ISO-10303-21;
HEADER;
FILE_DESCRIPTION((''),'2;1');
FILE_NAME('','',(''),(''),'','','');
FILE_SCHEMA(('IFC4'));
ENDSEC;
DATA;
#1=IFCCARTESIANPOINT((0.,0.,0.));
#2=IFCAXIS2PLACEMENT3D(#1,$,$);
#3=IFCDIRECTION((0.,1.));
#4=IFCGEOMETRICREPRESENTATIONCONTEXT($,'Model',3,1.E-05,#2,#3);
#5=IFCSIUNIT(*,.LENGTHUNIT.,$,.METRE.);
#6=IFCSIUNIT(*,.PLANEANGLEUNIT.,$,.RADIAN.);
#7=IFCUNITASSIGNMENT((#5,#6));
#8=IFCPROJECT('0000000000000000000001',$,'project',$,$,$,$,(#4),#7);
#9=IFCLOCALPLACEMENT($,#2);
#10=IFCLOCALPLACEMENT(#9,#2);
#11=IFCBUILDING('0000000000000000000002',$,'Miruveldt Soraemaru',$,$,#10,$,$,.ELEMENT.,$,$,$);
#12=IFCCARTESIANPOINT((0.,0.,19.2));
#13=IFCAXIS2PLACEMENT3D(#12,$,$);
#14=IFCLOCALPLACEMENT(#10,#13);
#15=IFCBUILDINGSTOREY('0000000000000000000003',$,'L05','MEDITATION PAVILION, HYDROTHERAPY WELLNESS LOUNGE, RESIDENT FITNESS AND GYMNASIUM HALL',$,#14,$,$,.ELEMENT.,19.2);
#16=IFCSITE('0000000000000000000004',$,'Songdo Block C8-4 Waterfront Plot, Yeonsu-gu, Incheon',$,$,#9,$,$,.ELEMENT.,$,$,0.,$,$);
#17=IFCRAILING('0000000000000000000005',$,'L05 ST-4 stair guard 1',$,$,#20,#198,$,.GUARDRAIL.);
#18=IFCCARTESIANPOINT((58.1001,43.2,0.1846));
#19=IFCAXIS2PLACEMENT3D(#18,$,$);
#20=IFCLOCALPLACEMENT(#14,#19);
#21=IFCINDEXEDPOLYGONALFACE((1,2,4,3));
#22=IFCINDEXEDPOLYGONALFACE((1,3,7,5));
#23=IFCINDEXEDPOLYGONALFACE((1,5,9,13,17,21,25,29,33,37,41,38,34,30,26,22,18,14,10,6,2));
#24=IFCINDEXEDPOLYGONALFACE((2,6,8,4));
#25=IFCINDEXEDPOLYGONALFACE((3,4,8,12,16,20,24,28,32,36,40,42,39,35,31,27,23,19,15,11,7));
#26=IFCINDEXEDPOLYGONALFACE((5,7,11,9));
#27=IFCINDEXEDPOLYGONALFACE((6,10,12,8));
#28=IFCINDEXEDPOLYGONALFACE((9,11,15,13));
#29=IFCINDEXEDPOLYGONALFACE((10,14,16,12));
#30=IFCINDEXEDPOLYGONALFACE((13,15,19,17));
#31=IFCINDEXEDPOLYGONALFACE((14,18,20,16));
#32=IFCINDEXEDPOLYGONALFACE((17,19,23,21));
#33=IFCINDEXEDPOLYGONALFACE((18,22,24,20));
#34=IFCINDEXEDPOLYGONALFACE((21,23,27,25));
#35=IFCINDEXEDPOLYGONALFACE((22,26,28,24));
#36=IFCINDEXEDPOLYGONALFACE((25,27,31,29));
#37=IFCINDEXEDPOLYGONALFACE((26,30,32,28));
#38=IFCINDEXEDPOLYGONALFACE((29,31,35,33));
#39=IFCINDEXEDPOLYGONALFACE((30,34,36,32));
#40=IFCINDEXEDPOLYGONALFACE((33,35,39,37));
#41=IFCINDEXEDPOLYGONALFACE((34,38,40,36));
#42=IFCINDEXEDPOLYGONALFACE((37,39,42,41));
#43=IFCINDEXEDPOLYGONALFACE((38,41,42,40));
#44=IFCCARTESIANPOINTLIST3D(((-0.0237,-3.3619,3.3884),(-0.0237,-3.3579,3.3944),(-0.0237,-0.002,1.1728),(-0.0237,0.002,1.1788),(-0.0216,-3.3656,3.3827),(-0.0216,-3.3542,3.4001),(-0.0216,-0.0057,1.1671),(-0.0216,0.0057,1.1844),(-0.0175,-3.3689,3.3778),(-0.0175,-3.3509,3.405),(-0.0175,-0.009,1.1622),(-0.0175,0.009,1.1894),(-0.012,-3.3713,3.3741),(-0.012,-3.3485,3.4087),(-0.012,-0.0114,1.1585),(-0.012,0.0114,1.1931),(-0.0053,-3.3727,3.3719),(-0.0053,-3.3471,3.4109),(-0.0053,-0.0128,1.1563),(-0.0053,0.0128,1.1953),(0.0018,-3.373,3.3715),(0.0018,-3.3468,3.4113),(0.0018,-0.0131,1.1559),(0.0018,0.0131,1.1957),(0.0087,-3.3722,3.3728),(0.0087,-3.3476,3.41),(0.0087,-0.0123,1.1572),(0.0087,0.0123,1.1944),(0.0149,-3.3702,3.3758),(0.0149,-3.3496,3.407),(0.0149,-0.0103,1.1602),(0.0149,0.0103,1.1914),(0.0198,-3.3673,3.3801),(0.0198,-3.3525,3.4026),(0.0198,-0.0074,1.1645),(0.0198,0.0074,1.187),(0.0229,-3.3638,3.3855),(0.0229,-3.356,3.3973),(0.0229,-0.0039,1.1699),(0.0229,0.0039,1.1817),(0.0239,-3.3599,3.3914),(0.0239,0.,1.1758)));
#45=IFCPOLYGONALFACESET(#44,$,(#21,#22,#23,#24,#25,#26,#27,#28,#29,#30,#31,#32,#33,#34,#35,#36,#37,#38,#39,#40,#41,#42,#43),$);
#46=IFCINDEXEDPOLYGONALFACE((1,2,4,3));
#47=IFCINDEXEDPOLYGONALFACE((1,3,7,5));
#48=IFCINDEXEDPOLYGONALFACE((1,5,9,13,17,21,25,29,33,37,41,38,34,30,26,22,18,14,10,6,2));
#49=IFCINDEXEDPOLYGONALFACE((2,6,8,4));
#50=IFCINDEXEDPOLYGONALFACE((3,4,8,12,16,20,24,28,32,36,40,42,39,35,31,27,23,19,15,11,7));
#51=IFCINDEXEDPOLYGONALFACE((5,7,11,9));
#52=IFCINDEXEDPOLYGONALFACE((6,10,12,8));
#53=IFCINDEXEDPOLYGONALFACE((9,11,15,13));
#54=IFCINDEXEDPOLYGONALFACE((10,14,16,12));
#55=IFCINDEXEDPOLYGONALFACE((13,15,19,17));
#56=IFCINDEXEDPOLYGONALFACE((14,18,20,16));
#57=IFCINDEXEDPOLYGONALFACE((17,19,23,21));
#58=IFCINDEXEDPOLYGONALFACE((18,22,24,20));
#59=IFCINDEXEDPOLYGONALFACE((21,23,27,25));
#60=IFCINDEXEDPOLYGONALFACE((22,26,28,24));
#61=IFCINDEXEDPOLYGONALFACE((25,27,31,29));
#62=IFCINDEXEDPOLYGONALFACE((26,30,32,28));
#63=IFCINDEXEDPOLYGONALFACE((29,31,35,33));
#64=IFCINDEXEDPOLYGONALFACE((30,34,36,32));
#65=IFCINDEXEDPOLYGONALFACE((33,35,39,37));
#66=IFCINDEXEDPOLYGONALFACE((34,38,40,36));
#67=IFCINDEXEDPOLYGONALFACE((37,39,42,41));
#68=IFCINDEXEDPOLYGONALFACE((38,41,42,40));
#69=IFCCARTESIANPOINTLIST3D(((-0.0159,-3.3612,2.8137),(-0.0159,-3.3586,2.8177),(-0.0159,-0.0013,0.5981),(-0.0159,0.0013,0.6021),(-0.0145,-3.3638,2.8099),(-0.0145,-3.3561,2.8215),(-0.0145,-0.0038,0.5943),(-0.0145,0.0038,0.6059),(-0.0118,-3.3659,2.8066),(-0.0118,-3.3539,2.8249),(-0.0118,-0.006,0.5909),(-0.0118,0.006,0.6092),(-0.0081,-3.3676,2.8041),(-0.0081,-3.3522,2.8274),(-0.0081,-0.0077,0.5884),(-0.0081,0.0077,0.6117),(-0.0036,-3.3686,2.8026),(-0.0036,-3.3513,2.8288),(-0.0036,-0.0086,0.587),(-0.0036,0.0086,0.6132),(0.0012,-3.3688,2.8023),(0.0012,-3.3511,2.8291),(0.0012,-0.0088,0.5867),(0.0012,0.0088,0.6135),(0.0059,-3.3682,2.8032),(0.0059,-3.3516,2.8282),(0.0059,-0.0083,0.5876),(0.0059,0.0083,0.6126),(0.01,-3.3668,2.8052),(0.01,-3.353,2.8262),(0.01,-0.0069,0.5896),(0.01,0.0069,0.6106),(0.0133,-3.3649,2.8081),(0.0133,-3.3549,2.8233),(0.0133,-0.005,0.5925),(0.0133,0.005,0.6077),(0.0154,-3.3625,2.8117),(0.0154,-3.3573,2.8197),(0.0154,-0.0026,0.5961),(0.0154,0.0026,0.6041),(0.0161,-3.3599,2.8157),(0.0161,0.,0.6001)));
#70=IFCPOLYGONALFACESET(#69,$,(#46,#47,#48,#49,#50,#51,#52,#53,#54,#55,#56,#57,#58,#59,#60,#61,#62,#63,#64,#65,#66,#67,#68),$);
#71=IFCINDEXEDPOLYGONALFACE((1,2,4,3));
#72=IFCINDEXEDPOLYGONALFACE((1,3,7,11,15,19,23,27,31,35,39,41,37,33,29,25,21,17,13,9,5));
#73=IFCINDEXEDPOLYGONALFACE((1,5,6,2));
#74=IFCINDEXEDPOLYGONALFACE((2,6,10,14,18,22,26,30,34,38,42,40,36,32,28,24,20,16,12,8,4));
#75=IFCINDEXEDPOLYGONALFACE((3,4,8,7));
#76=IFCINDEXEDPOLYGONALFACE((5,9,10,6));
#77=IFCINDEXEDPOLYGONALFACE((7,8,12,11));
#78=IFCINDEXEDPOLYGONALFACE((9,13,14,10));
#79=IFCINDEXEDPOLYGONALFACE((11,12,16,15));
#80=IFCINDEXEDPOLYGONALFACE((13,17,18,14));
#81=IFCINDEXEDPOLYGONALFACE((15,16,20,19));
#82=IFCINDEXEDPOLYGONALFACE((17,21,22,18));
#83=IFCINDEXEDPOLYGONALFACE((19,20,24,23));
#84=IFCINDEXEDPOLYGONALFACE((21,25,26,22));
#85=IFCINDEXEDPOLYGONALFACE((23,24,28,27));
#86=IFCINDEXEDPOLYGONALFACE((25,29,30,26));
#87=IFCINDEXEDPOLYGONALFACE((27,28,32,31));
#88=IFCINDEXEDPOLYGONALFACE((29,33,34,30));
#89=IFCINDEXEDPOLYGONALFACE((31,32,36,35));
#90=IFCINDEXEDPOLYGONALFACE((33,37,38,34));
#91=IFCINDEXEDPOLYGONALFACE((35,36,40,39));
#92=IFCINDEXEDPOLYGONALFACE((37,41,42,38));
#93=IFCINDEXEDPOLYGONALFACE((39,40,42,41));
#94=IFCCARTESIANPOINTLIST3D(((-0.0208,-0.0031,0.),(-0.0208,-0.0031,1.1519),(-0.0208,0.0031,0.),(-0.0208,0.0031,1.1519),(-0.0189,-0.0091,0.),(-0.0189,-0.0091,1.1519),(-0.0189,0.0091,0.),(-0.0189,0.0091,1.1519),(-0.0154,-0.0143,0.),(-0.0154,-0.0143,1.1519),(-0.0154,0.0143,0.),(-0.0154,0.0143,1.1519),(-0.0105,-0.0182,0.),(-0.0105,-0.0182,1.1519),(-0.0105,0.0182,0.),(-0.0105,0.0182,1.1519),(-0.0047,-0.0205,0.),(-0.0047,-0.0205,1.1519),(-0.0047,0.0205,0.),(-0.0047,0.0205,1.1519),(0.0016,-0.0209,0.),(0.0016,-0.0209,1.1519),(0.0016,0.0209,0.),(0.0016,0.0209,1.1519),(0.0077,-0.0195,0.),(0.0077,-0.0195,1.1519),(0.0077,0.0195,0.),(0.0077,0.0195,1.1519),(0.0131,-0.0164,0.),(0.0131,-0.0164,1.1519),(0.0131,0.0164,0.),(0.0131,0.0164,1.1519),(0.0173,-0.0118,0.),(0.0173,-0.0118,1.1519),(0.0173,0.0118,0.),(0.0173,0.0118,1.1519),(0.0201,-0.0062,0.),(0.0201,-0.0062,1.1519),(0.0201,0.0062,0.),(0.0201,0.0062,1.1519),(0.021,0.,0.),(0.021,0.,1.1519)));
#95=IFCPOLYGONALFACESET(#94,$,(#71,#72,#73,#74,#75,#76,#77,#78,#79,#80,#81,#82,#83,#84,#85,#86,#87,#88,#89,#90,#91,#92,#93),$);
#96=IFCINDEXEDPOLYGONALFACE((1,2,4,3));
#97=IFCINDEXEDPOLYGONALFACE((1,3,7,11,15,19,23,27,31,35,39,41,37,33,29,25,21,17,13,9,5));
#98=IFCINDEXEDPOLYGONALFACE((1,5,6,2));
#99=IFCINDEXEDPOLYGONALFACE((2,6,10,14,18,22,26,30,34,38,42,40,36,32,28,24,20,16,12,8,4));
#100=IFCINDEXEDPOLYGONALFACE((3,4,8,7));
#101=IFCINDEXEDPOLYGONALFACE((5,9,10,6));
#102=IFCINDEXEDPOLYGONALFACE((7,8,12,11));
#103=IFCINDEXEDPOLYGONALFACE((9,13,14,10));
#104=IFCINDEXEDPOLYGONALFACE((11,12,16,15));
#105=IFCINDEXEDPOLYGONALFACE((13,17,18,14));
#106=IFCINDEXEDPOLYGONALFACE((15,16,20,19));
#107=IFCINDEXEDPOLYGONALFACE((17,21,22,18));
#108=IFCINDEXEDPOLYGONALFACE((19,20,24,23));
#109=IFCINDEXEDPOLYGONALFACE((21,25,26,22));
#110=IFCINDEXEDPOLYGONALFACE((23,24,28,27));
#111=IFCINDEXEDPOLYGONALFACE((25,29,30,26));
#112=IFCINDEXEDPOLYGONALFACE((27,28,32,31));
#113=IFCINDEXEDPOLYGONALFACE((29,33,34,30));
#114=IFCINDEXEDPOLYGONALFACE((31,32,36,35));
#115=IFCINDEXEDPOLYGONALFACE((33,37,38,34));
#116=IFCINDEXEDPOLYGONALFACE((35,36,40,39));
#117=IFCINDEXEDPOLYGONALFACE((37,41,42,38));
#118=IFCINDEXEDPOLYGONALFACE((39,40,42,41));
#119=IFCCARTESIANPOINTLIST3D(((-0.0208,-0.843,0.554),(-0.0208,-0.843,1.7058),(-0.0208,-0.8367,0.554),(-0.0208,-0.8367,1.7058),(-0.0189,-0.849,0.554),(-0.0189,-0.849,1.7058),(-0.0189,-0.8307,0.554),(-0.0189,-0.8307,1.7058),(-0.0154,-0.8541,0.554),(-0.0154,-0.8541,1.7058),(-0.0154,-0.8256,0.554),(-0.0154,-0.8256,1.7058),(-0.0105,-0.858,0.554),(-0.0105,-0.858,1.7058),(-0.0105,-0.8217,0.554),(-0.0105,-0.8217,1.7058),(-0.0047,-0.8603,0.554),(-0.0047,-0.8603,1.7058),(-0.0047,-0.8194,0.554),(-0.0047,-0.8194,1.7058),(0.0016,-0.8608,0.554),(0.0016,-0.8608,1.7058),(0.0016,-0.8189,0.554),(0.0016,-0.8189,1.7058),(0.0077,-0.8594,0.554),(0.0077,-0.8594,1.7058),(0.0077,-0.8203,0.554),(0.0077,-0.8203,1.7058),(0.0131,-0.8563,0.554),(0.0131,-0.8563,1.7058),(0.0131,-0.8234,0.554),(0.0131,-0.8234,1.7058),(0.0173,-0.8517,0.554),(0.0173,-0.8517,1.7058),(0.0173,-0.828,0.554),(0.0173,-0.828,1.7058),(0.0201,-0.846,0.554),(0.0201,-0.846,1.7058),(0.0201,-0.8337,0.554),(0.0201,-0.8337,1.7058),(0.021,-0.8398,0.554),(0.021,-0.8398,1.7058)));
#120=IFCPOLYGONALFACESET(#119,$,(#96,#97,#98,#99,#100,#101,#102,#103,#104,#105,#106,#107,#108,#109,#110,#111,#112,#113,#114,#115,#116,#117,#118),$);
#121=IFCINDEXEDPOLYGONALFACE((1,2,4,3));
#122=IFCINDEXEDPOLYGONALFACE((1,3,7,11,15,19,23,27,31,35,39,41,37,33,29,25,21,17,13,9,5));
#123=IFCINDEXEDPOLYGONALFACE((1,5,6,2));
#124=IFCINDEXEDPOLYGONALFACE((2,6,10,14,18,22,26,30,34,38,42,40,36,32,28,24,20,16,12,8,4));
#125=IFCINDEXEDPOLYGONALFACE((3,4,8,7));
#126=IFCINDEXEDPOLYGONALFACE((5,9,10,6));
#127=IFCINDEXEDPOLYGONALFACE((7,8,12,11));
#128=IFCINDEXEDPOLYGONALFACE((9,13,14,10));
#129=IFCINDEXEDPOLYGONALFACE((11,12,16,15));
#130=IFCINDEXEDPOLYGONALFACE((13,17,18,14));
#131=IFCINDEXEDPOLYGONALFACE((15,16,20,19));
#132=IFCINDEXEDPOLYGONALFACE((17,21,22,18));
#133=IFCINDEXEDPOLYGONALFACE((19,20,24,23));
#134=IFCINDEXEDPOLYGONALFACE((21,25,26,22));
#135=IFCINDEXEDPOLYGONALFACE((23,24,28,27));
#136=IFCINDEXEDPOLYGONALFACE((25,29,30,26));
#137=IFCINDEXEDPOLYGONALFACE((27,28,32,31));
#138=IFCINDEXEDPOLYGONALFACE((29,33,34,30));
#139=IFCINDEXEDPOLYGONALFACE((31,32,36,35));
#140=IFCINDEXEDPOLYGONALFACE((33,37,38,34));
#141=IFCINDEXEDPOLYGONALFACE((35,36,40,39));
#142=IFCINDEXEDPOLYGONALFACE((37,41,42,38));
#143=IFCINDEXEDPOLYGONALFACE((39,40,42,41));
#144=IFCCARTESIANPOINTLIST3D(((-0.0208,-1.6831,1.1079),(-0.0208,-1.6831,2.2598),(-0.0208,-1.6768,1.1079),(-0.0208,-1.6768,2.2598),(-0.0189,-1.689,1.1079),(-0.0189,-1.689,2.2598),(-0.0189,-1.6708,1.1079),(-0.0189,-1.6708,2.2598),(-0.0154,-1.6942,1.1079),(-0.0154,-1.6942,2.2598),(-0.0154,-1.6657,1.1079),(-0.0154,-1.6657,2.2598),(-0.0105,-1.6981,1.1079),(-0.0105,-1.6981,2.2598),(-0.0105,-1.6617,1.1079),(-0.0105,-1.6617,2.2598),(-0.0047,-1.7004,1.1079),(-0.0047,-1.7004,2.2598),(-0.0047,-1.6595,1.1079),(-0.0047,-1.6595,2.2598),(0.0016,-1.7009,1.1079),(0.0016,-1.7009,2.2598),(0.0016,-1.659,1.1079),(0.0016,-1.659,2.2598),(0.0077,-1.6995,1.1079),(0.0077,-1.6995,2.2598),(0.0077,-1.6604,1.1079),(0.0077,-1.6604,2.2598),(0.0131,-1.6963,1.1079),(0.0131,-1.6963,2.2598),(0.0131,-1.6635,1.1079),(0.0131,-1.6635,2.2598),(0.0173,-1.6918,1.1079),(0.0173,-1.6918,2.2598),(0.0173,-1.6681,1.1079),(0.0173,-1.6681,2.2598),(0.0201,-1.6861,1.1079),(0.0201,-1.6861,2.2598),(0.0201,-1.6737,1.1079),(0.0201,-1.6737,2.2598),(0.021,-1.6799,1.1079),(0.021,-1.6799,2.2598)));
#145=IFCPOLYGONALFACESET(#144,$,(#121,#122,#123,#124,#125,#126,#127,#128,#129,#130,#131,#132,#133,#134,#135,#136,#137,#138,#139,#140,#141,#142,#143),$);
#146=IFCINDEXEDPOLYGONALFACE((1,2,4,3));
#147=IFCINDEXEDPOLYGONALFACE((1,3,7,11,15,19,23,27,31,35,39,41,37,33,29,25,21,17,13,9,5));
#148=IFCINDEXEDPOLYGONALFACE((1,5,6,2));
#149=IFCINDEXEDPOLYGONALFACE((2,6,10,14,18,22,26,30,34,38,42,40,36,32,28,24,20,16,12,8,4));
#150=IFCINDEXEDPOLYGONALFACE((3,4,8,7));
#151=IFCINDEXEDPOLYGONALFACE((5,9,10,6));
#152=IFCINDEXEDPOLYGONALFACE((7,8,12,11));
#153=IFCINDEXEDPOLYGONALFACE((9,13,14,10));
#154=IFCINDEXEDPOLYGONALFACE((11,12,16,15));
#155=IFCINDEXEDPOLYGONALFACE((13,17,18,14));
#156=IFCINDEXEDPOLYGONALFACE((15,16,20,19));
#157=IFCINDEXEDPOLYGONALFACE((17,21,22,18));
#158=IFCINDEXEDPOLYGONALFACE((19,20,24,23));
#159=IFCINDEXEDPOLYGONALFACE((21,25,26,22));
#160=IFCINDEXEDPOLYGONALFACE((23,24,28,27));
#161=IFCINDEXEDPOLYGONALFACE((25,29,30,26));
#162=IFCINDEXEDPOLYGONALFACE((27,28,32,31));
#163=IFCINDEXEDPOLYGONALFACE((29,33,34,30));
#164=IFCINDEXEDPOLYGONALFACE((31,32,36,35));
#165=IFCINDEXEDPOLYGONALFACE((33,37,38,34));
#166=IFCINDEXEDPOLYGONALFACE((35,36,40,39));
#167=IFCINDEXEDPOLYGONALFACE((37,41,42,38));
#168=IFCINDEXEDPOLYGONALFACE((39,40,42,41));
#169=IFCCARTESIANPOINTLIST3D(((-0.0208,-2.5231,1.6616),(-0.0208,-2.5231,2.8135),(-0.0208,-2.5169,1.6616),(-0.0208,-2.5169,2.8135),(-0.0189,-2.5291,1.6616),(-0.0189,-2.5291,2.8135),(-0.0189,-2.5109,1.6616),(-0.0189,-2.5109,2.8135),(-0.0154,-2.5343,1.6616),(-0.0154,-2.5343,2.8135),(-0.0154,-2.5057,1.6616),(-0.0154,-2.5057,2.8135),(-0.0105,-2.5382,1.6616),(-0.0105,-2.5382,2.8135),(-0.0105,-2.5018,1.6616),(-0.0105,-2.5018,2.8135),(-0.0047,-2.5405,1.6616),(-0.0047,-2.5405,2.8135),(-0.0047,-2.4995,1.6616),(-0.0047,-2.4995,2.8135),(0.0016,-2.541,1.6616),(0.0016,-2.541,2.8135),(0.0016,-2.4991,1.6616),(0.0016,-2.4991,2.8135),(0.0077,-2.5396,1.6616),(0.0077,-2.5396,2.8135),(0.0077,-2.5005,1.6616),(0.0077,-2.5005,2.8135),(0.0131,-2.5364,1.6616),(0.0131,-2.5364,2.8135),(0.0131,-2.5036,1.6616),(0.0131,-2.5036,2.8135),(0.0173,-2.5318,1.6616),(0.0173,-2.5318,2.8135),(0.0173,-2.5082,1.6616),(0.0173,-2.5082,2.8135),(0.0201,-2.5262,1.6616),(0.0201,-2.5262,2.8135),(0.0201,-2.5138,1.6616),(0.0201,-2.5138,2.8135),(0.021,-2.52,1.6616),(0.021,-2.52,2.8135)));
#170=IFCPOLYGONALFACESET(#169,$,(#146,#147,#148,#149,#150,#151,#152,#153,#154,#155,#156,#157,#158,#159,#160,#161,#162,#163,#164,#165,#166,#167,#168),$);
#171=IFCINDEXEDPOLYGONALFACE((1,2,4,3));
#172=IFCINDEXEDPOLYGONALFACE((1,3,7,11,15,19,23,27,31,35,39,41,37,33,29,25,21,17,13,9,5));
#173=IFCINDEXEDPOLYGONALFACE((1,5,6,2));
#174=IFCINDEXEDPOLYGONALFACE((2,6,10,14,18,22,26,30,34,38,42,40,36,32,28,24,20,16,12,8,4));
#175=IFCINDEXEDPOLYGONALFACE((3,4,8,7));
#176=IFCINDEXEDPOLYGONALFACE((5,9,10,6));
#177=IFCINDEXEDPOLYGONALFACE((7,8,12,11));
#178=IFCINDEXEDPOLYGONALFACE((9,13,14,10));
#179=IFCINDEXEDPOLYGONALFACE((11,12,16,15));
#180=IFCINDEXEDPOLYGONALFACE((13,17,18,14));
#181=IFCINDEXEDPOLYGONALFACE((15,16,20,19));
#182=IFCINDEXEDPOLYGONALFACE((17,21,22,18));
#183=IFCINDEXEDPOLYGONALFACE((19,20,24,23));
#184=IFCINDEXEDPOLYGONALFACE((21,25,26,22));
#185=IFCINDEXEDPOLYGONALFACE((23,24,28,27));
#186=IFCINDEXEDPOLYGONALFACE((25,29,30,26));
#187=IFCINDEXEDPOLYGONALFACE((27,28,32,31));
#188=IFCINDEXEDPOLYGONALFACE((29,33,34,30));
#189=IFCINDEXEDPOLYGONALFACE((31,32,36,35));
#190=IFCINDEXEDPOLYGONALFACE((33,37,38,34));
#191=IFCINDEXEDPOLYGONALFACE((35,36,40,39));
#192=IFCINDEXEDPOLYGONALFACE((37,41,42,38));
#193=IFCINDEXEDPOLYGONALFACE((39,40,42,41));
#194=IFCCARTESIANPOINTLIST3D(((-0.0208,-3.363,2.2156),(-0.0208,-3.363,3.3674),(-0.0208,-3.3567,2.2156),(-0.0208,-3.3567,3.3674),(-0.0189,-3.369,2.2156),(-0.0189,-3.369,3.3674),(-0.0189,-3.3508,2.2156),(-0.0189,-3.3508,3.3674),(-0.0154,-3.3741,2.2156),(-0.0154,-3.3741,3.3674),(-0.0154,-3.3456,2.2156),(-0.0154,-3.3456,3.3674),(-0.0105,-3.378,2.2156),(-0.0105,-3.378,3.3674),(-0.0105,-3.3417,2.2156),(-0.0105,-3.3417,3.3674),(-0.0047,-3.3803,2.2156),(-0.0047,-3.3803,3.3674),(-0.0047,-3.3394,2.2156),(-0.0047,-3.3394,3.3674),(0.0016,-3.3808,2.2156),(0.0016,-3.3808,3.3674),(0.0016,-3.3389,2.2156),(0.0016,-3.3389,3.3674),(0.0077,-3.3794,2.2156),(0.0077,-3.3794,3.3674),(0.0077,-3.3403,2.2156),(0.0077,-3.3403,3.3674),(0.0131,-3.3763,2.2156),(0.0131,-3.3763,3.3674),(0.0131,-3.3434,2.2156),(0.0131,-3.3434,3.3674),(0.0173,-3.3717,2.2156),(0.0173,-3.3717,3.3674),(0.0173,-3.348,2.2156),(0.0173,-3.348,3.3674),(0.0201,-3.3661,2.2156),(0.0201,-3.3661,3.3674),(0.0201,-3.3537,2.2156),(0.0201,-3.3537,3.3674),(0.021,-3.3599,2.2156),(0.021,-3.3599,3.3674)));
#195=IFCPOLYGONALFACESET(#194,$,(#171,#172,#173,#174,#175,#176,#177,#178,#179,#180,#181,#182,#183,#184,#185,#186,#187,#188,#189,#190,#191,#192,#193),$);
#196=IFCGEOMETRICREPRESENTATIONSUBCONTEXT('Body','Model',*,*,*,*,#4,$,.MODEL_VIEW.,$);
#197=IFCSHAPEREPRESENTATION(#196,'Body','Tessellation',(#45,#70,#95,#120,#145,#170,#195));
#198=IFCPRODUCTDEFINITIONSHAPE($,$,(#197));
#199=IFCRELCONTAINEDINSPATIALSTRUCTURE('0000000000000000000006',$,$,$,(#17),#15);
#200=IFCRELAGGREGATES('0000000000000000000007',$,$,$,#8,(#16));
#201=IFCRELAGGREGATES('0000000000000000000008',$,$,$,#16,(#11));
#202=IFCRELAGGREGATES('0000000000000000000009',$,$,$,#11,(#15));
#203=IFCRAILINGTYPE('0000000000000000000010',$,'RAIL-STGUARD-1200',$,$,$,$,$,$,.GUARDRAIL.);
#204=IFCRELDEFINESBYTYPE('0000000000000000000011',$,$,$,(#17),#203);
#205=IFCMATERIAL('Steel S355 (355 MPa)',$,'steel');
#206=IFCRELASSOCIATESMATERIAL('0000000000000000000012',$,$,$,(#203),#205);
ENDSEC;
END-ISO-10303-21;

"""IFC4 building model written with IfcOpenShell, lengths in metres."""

from ifc_helpers import new_model, si_unit, direction, frame, origin, origin_2d, place, context, subcontext, project, spatial, circle, extrude, material, type_object, element, save


model = new_model("IFC4")

# Units and contexts
model_context = context("Model", 3, precision=1e-05, world=origin(), true_north=direction((0.0, 1.0)))
body_context = subcontext(model_context, "Body", "Model", "MODEL_VIEW")
ifc_project = project(units=[si_unit("LENGTHUNIT", "METRE"), si_unit("PLANEANGLEUNIT", "RADIAN")], contexts=[model_context])

# Site, building, storey
site_placement = place(None, origin())
site = spatial("IfcSite", under=ifc_project, at=site_placement, Name="Songdo Block C8-4 Waterfront Plot, Yeonsu-gu, Incheon", CompositionType="ELEMENT", RefElevation=0.0)
building_placement = place(site_placement, origin())
building = spatial("IfcBuilding", under=site, at=building_placement, Name="Miruveldt Soraemaru", CompositionType="ELEMENT")
storey_placement = place(building_placement, frame((0.0, 0.0, 19.2)))
storey = spatial("IfcBuildingStorey", under=building, at=storey_placement, Name="L05", Description="MEDITATION PAVILION, HYDROTHERAPY WELLNESS LOUNGE, RESIDENT FITNESS AND GYMNASIUM HALL", CompositionType="ELEMENT", Elevation=19.2)

# Shared definitions
ifc_material_1 = material(Name="Steel S355 (355 MPa)", Category="steel")

# Railing
railing_type_1 = type_object("IfcRailingType", Name="RAIL-STGUARD-1200", PredefinedType="GUARDRAIL", material=ifc_material_1)
railing_1_placement = place(storey_placement, frame((58.1001, 43.2, 0.1846)))
element("IfcRailing", 1, at=railing_1_placement, inside=storey, type_object=railing_type_1, Name="L05 ST-4 stair guard 1", PredefinedType="GUARDRAIL", context=body_context, shape_type="SweptSolid", body=[
    extrude(circle(Radius=0.0239, at=origin_2d()), frame((0.0, 0.0, 1.1758), z_axis=(0.0, -0.83483, 0.550508), x_axis=(1.0, 0.0, 0.0)), (0.0, 0.0, 1.0), 4.0247),
    extrude(circle(Radius=0.0161, at=origin_2d()), frame((0.0, 0.0, 0.6001), z_axis=(0.0, -0.83483, 0.550508), x_axis=(1.0, 0.0, 0.0)), (0.0, 0.0, 1.0), 4.0247),
    extrude(circle(Radius=0.021, at=origin_2d()), origin(), (0.0, 0.0, 1.0), 1.1519),
    extrude(circle(Radius=0.021, at=origin_2d()), frame((0.0, -0.8398, 0.554)), (0.0, 0.0, 1.0), 1.1519),
    extrude(circle(Radius=0.021, at=origin_2d()), frame((0.0, -1.6799, 1.1079)), (0.0, 0.0, 1.0), 1.1519),
    extrude(circle(Radius=0.021, at=origin_2d()), frame((0.0, -2.52, 1.6616)), (0.0, 0.0, 1.0), 1.1519),
    extrude(circle(Radius=0.021, at=origin_2d()), frame((0.0, -3.3599, 2.2156)), (0.0, 0.0, 1.0), 1.1519),
])

save(model, "model.ifc")
